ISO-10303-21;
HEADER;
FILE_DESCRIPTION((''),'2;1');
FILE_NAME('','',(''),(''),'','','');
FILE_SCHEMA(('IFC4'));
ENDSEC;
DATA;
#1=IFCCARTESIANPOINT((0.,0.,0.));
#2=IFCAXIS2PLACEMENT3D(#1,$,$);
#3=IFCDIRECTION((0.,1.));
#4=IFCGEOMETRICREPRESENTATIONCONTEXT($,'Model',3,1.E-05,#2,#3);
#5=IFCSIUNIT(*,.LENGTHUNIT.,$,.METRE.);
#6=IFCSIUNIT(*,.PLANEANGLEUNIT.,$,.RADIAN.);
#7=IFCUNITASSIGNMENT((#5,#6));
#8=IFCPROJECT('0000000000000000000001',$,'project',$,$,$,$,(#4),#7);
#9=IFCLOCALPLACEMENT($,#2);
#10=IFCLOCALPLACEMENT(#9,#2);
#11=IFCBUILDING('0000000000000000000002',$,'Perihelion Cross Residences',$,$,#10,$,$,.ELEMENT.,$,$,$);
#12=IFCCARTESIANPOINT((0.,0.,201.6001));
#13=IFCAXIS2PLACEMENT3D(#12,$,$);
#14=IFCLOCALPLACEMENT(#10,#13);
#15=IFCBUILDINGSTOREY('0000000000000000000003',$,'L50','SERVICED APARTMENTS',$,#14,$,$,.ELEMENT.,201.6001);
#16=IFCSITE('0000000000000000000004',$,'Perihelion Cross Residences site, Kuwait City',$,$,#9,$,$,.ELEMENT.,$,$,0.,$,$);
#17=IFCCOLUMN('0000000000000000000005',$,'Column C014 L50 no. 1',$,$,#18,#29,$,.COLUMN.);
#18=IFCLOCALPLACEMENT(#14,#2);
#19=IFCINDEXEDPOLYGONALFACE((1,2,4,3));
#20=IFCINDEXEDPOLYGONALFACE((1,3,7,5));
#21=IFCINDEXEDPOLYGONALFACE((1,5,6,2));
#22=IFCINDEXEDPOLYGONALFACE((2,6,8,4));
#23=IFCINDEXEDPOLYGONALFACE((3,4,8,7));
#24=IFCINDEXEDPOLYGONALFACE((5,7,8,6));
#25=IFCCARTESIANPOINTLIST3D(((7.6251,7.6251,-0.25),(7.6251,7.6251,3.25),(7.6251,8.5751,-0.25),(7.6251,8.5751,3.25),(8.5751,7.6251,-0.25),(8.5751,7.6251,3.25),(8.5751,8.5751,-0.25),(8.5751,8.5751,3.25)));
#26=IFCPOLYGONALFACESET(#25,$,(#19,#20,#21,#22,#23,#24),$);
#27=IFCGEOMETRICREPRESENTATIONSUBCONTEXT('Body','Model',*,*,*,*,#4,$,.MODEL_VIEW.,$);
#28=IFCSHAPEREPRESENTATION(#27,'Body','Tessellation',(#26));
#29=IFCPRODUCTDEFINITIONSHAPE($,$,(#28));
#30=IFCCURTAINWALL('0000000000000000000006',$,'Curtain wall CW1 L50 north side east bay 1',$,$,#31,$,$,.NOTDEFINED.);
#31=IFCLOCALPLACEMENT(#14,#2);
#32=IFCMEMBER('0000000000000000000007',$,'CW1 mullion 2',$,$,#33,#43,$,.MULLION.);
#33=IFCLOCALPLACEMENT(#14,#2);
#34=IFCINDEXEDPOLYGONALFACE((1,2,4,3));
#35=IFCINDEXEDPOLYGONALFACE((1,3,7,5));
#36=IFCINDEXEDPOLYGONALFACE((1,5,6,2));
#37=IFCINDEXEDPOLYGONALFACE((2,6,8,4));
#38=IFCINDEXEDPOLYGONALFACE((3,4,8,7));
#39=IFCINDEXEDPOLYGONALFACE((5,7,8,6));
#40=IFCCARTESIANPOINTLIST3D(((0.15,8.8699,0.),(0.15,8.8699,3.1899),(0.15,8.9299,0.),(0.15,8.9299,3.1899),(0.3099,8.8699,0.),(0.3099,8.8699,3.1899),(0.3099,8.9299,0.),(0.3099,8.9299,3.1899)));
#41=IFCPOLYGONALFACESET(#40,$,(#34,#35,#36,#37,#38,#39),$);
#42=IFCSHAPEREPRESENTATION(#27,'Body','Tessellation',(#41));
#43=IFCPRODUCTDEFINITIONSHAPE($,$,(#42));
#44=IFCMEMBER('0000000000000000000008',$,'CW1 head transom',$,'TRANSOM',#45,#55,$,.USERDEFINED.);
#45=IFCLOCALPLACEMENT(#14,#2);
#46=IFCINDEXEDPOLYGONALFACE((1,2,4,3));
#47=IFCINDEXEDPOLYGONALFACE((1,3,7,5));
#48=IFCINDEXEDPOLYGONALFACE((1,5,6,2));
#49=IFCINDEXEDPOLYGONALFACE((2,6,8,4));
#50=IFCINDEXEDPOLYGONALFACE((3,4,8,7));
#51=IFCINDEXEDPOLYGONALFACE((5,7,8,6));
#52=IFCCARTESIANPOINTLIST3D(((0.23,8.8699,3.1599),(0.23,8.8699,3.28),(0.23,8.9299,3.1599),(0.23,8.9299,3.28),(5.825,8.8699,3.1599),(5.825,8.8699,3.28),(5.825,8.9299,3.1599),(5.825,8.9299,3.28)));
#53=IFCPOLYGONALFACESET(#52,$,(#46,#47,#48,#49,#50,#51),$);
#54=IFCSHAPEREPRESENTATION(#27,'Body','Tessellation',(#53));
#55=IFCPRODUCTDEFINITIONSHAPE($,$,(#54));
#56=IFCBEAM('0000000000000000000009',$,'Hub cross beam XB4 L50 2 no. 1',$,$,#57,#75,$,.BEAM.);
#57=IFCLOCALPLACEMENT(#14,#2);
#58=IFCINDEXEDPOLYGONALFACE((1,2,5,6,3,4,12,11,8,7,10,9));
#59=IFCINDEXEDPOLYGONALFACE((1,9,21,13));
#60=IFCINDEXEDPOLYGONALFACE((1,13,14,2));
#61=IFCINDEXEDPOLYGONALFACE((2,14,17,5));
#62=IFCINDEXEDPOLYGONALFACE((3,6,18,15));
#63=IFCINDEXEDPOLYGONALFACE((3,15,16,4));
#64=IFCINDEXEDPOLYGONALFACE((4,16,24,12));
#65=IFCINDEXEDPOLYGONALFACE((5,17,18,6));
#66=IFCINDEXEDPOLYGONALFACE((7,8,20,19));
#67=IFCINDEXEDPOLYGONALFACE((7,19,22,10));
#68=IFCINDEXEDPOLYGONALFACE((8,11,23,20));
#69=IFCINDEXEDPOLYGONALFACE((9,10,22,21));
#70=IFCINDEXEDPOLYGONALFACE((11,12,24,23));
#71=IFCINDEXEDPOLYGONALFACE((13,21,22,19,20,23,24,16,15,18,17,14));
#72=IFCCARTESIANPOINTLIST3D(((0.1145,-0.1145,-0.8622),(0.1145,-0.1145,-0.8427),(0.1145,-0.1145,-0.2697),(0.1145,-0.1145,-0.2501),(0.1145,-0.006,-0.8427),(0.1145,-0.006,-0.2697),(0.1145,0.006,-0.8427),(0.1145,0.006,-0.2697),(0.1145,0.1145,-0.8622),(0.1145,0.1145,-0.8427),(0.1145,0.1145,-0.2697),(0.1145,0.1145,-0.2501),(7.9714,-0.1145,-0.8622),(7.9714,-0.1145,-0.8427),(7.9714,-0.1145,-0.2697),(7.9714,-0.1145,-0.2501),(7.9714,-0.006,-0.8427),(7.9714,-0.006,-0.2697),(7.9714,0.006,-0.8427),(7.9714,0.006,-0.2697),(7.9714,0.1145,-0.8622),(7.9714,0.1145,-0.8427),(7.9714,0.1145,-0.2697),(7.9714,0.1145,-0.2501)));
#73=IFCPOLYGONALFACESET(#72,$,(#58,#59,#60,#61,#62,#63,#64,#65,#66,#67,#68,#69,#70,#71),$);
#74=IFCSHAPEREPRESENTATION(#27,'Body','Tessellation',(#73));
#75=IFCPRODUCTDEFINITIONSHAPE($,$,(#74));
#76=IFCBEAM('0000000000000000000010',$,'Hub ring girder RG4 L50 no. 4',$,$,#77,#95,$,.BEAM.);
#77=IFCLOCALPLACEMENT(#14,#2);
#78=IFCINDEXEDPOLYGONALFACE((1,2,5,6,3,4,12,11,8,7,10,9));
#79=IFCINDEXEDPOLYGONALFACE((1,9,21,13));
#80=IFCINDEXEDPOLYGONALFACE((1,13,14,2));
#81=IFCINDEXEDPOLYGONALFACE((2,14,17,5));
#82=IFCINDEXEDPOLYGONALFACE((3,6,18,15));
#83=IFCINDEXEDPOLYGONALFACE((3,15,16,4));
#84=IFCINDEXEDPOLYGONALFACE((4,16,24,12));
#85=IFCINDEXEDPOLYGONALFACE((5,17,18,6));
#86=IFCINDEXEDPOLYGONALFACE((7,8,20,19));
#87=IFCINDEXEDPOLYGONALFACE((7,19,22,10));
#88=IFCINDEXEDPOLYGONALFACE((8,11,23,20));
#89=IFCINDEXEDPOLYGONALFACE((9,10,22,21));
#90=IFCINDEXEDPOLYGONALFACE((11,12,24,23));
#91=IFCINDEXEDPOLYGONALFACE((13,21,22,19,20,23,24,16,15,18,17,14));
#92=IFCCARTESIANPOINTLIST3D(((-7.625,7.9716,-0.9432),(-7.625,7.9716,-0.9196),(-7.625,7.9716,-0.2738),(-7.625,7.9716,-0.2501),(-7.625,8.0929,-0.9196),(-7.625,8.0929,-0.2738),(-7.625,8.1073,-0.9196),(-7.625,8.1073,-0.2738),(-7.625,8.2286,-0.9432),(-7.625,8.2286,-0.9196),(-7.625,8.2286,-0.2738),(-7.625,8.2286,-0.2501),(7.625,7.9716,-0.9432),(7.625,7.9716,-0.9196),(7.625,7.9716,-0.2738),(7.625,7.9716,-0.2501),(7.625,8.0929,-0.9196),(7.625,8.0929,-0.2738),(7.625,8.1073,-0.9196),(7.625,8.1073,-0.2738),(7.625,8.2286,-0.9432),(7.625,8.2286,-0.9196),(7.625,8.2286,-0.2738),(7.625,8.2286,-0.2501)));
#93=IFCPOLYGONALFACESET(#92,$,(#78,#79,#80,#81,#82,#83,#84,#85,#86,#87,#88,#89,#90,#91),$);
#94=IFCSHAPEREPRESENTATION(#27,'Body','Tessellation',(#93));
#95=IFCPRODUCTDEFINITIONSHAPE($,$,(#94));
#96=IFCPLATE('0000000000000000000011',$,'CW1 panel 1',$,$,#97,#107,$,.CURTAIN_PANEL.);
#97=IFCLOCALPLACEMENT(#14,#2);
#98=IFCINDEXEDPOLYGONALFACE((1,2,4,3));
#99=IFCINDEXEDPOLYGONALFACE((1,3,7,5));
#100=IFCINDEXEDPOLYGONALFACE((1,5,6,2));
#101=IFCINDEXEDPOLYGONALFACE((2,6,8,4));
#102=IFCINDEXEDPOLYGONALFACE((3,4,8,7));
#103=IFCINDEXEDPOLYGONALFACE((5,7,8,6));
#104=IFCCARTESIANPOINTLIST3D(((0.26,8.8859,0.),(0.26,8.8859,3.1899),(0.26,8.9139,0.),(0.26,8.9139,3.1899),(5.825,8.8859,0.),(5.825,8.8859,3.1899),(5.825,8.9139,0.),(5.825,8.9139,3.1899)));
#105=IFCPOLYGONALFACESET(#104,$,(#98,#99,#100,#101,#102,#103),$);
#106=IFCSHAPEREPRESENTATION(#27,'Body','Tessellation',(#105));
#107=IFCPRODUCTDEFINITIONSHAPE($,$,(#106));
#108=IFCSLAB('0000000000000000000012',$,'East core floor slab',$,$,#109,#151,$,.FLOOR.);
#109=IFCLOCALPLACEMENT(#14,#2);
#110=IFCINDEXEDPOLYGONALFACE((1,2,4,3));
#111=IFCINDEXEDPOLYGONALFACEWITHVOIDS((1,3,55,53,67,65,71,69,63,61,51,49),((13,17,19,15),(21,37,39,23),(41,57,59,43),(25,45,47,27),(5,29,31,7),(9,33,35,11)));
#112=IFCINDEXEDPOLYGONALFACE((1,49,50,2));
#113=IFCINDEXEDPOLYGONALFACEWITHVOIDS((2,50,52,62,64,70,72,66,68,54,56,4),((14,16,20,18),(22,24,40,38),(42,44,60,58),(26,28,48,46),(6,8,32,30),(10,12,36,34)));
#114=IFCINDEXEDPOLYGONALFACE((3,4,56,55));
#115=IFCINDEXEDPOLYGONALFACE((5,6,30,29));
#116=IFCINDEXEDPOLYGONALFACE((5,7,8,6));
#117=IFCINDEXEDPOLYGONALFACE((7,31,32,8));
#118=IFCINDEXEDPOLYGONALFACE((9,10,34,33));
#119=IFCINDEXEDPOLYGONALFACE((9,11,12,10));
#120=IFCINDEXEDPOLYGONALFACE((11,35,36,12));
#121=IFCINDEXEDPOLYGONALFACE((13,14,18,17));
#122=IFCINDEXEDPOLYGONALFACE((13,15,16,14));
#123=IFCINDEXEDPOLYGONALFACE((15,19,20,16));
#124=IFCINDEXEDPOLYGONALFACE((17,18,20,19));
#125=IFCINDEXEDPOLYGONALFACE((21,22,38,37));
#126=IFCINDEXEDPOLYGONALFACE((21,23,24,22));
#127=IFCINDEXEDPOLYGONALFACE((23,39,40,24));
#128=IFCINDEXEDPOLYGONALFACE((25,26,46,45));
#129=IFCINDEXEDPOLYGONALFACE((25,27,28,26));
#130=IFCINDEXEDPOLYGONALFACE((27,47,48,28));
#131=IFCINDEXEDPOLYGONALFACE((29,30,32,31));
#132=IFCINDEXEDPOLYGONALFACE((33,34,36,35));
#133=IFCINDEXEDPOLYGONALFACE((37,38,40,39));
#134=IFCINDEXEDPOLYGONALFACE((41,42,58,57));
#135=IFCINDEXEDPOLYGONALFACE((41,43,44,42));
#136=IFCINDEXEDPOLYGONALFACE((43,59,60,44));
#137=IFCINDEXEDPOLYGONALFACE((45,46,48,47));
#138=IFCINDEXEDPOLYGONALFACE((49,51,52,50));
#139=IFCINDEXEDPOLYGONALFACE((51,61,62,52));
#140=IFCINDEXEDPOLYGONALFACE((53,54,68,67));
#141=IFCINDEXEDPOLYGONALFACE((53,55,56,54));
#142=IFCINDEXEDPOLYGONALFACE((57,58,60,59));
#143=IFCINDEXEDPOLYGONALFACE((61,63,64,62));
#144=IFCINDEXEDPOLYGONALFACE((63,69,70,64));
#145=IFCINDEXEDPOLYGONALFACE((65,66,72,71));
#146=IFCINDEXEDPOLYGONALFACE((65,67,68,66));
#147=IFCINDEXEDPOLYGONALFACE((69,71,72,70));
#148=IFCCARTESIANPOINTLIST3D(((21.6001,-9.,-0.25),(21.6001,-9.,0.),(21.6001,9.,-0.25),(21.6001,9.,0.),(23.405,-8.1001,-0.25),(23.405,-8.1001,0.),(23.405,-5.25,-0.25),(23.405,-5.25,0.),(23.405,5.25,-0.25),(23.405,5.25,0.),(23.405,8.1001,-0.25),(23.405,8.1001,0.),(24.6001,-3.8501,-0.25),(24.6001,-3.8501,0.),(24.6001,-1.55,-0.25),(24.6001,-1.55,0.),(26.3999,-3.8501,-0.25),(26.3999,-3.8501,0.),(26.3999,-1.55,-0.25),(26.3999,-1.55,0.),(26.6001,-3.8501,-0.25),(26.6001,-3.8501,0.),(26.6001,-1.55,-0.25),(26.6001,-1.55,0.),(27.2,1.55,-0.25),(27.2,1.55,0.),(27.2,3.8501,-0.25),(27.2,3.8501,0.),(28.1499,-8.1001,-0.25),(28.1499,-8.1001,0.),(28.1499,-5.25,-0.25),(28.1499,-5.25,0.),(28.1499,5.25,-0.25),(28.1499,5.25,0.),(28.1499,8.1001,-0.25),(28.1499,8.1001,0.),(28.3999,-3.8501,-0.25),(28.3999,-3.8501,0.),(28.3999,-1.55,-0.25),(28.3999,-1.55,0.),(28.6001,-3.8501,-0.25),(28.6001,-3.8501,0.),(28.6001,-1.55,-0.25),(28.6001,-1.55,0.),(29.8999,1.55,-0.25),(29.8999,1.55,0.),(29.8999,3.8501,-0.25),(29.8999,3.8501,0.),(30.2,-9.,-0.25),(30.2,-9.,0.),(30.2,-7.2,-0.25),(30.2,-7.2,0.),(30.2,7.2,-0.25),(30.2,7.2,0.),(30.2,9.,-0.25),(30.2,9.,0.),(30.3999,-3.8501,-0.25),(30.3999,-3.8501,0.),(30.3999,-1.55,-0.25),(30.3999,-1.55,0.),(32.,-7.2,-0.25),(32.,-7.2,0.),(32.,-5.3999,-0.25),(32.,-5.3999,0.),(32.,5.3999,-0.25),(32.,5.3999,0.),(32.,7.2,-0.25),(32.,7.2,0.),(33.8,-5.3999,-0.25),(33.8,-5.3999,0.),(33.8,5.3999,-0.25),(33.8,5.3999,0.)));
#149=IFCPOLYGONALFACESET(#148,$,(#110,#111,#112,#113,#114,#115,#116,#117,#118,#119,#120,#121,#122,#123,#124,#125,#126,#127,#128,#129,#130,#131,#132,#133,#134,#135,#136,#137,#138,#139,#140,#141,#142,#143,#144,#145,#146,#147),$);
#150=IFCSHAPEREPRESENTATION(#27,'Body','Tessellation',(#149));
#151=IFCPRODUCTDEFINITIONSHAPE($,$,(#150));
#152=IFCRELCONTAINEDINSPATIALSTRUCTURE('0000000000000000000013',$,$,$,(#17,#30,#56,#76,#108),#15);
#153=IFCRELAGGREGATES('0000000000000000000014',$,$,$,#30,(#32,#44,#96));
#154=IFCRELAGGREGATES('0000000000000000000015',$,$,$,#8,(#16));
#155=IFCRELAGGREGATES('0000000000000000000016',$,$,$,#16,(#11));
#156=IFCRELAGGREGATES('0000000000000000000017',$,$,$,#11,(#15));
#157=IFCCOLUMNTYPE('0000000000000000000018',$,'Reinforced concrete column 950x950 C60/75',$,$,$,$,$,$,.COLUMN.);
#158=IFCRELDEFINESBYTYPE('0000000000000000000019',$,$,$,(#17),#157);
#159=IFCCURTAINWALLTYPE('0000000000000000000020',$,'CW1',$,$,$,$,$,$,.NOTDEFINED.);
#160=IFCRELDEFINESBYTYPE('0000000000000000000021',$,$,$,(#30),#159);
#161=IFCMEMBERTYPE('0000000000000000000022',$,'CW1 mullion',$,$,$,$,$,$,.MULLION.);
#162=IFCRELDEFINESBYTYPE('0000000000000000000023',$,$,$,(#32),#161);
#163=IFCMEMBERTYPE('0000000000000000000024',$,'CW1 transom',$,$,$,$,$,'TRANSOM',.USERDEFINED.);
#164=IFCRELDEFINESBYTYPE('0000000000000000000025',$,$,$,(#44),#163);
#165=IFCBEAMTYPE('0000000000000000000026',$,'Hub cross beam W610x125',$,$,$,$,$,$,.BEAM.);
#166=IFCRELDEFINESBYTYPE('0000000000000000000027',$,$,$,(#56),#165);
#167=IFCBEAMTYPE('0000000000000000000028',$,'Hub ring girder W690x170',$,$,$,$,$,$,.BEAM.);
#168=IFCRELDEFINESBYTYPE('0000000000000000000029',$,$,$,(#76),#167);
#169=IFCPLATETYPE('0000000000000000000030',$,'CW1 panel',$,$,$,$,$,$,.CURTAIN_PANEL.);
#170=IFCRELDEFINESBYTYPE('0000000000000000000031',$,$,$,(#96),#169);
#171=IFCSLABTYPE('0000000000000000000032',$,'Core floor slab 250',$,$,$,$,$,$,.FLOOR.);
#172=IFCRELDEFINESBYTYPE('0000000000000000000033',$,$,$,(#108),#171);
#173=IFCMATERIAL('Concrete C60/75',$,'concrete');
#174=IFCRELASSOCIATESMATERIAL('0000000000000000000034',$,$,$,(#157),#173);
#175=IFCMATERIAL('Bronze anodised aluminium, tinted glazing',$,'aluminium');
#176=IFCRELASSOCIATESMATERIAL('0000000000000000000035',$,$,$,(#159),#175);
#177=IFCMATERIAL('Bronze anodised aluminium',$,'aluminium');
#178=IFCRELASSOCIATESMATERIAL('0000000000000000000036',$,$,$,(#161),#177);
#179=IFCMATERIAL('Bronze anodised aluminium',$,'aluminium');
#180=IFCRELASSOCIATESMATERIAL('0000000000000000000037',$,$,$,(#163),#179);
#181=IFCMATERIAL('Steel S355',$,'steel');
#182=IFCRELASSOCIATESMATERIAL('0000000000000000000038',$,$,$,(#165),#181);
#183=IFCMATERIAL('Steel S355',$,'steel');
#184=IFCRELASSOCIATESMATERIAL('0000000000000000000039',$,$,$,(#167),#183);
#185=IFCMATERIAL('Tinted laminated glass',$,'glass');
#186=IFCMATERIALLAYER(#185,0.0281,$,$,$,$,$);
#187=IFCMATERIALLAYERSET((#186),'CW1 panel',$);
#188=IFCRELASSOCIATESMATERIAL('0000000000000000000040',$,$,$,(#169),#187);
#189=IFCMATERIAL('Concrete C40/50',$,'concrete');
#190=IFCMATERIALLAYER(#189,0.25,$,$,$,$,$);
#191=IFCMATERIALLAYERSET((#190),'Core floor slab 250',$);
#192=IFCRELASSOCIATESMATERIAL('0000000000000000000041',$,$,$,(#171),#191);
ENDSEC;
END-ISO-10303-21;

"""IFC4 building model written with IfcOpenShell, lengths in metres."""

from ifc_helpers import new_model, si_unit, direction, frame, origin, origin_2d, place, context, subcontext, project, spatial, polyline, rectangle, i_section, outline, extrude, material, layer, layer_set, material_profile, profile_set, type_object, element, aggregate, save


model = new_model("IFC4")

# Units and contexts
model_context = context("Model", 3, precision=1e-05, world=origin(), true_north=direction((0.0, 1.0)))
body_context = subcontext(model_context, "Body", "Model", "MODEL_VIEW")
ifc_project = project(units=[si_unit("LENGTHUNIT", "METRE"), si_unit("PLANEANGLEUNIT", "RADIAN")], contexts=[model_context])

# Site, building, storey
site_placement = place(None, origin())
site = spatial("IfcSite", under=ifc_project, at=site_placement, Name="Perihelion Cross Residences site, Kuwait City", CompositionType="ELEMENT", RefElevation=0.0)
building_placement = place(site_placement, origin())
building = spatial("IfcBuilding", under=site, at=building_placement, Name="Perihelion Cross Residences", CompositionType="ELEMENT")
storey_placement = place(building_placement, frame((0.0, 0.0, 201.6001)))
storey = spatial("IfcBuildingStorey", under=building, at=storey_placement, Name="L50", Description="SERVICED APARTMENTS", CompositionType="ELEMENT", Elevation=201.6001)

# Column
ifc_material_1 = material(Name="Concrete C60/75", Category="concrete")
ifc_material_profile_1 = material_profile(ifc_material_1, rectangle(XDim=0.95, YDim=0.95, at=origin_2d()), Name="RC 950x950")
ifc_profile_set_1 = profile_set([ifc_material_profile_1], Name="Concrete C60/75")
column_type = type_object("IfcColumnType", Name="Reinforced concrete column 950x950 C60/75", PredefinedType="COLUMN", material=ifc_profile_set_1)
column_placement = place(storey_placement, frame((8.1001, 8.1001, -0.25), z_axis=(0.0, 0.0, 1.0), x_axis=(1.0, 0.0, 0.0)))
element("IfcColumn", 1, at=column_placement, inside=storey, type_object=column_type, Name="Column C014 L50 no. 1", PredefinedType="COLUMN", context=body_context, shape_type="SweptSolid", body=[
    extrude(rectangle(XDim=0.95, YDim=0.95, at=origin_2d()), origin(), (0.0, 0.0, 1.0), 3.5),
])

# Curtain wall, members
ifc_material_2 = material(Name="Bronze anodised aluminium, tinted glazing", Category="aluminium")
curtain_wall_type = type_object("IfcCurtainWallType", Name="CW1", PredefinedType="NOTDEFINED", material=ifc_material_2)
curtain_wall_placement = place(storey_placement, origin())
curtain_wall = element("IfcCurtainWall", 2, at=curtain_wall_placement, inside=storey, type_object=curtain_wall_type, Name="Curtain wall CW1 L50 north side east bay 1", PredefinedType="NOTDEFINED")
ifc_material_3 = material(Name="Bronze anodised aluminium", Category="aluminium")
ifc_material_profile_2 = material_profile(ifc_material_3, rectangle(XDim=0.0601, YDim=0.1599, at=origin_2d()), Name="CW1 mullion")
ifc_profile_set_2 = profile_set([ifc_material_profile_2], Name="Bronze anodised aluminium")
member_type_1 = type_object("IfcMemberType", Name="CW1 mullion", PredefinedType="MULLION", material=ifc_profile_set_2)
member_1_placement = place(storey_placement, frame((0.23, 8.8999, 0.0), z_axis=(0.0, 0.0, 1.0), x_axis=(0.0, -1.0, 0.0)))
member_1 = element("IfcMember", 3, at=member_1_placement, type_object=member_type_1, Name="CW1 mullion 2", PredefinedType="MULLION", context=body_context, shape_type="SweptSolid", body=[
    extrude(rectangle(XDim=0.0601, YDim=0.1599, at=origin_2d()), origin(), (0.0, 0.0, 1.0), 3.1899),
])
ifc_material_4 = material(Name="Bronze anodised aluminium", Category="aluminium")
ifc_material_profile_3 = material_profile(ifc_material_4, rectangle(XDim=0.0601, YDim=0.1201, at=origin_2d()), Name="CW1 transom")
ifc_profile_set_3 = profile_set([ifc_material_profile_3], Name="Bronze anodised aluminium")
member_type_2 = type_object("IfcMemberType", Name="CW1 transom", ElementType="TRANSOM", PredefinedType="USERDEFINED", material=ifc_profile_set_3)
member_2_placement = place(storey_placement, frame((5.825, 8.8999, 3.22), z_axis=(-1.0, 0.0, 0.0), x_axis=(0.0, -1.0, 0.0)))
member_2 = element("IfcMember", 4, at=member_2_placement, type_object=member_type_2, Name="CW1 head transom", ObjectType="TRANSOM", PredefinedType="USERDEFINED", context=body_context, shape_type="SweptSolid", body=[
    extrude(rectangle(XDim=0.0601, YDim=0.1201, at=origin_2d()), origin(), (0.0, 0.0, 1.0), 5.595),
])

# Beams
ifc_material_5 = material(Name="Steel S355", Category="steel")
ifc_material_profile_4 = material_profile(ifc_material_5, i_section(OverallWidth=0.229, OverallDepth=0.6121, WebThickness=0.012, FlangeThickness=0.0195, at=origin_2d()), Name="W610x125")
ifc_profile_set_4 = profile_set([ifc_material_profile_4], Name="Steel S355")
beam_type_1 = type_object("IfcBeamType", Name="Hub cross beam W610x125", PredefinedType="BEAM", material=ifc_profile_set_4)
beam_1_placement = place(storey_placement, frame((0.1145, 0.0, -0.5562), z_axis=(1.0, 0.0, 0.0), x_axis=(0.0, 1.0, 0.0)))
element("IfcBeam", 5, at=beam_1_placement, inside=storey, type_object=beam_type_1, Name="Hub cross beam XB4 L50 2 no. 1", PredefinedType="BEAM", context=body_context, shape_type="SweptSolid", body=[
    extrude(i_section(OverallWidth=0.229, OverallDepth=0.6121, WebThickness=0.012, FlangeThickness=0.0195, at=origin_2d()), origin(), (0.0, 0.0, 1.0), 7.8569),
])
ifc_material_6 = material(Name="Steel S355", Category="steel")
ifc_material_profile_5 = material_profile(ifc_material_6, i_section(OverallWidth=0.2571, OverallDepth=0.6931, WebThickness=0.0144, FlangeThickness=0.0237, at=origin_2d()), Name="W690x170")
ifc_profile_set_5 = profile_set([ifc_material_profile_5], Name="Steel S355")
beam_type_2 = type_object("IfcBeamType", Name="Hub ring girder W690x170", PredefinedType="BEAM", material=ifc_profile_set_5)
beam_2_placement = place(storey_placement, frame((7.625, 8.1001, -0.5967), z_axis=(-1.0, 0.0, 0.0), x_axis=(0.0, -1.0, 0.0)))
element("IfcBeam", 6, at=beam_2_placement, inside=storey, type_object=beam_type_2, Name="Hub ring girder RG4 L50 no. 4", PredefinedType="BEAM", context=body_context, shape_type="SweptSolid", body=[
    extrude(i_section(OverallWidth=0.2571, OverallDepth=0.6931, WebThickness=0.0144, FlangeThickness=0.0237, at=origin_2d()), origin(), (0.0, 0.0, 1.0), 15.25),
])

# Plate
ifc_material_7 = material(Name="Tinted laminated glass", Category="glass")
ifc_layer_1 = layer(ifc_material_7, 0.0281)
ifc_layer_set_1 = layer_set([ifc_layer_1], Name="CW1 panel")
plate_type = type_object("IfcPlateType", Name="CW1 panel", PredefinedType="CURTAIN_PANEL", material=ifc_layer_set_1)
plate_placement = place(storey_placement, frame((3.0425, 8.8999, 0.0), z_axis=(0.0, 0.0, 1.0), x_axis=(-1.0, 0.0, 0.0)))
plate = element("IfcPlate", 7, at=plate_placement, type_object=plate_type, Name="CW1 panel 1", PredefinedType="CURTAIN_PANEL", context=body_context, shape_type="SweptSolid", body=[
    extrude(rectangle(XDim=5.5649, YDim=0.0281, at=origin_2d()), origin(), (0.0, 0.0, 1.0), 3.1899),
])
aggregate(curtain_wall, [member_1, member_2, plate])

# Slab
ifc_material_8 = material(Name="Concrete C40/50", Category="concrete")
ifc_layer_2 = layer(ifc_material_8, 0.25)
ifc_layer_set_2 = layer_set([ifc_layer_2], Name="Core floor slab 250")
slab_type = type_object("IfcSlabType", Name="Core floor slab 250", PredefinedType="FLOOR", material=ifc_layer_set_2)
slab_1_placement = place(storey_placement, frame((0.0, 0.0, -0.25)))
element("IfcSlab", 8, at=slab_1_placement, inside=storey, type_object=slab_type, Name="East core floor slab", PredefinedType="FLOOR", context=body_context, shape_type="SweptSolid", body=[
    extrude(outline(polyline([(30.2, 7.2), (32.0, 7.2), (32.0, 5.3999), (33.8, 5.3999), (33.8, -5.3999), (32.0, -5.3999), (32.0, -7.2), (30.2, -7.2), (30.2, -9.0), (21.6001, -9.0), (21.6001, 9.0), (30.2, 9.0), (30.2, 7.2)]), holes=[polyline([(28.1499, -8.1001), (28.1499, -5.25), (23.405, -5.25), (23.405, -8.1001), (28.1499, -8.1001)]), polyline([(24.6001, -1.55), (24.6001, -3.8501), (26.3999, -3.8501), (26.3999, -1.55), (24.6001, -1.55)]), polyline([(26.6001, -1.55), (26.6001, -3.8501), (28.3999, -3.8501), (28.3999, -1.55), (26.6001, -1.55)]), polyline([(28.6001, -3.8501), (30.3999, -3.8501), (30.3999, -1.55), (28.6001, -1.55), (28.6001, -3.8501)]), polyline([(27.2, 3.8501), (27.2, 1.55), (29.8999, 1.55), (29.8999, 3.8501), (27.2, 3.8501)]), polyline([(23.405, 5.25), (28.1499, 5.25), (28.1499, 8.1001), (23.405, 8.1001), (23.405, 5.25)])]), origin(), (0.0, 0.0, 1.0), 0.25),
])

save(model, "model.ifc")
